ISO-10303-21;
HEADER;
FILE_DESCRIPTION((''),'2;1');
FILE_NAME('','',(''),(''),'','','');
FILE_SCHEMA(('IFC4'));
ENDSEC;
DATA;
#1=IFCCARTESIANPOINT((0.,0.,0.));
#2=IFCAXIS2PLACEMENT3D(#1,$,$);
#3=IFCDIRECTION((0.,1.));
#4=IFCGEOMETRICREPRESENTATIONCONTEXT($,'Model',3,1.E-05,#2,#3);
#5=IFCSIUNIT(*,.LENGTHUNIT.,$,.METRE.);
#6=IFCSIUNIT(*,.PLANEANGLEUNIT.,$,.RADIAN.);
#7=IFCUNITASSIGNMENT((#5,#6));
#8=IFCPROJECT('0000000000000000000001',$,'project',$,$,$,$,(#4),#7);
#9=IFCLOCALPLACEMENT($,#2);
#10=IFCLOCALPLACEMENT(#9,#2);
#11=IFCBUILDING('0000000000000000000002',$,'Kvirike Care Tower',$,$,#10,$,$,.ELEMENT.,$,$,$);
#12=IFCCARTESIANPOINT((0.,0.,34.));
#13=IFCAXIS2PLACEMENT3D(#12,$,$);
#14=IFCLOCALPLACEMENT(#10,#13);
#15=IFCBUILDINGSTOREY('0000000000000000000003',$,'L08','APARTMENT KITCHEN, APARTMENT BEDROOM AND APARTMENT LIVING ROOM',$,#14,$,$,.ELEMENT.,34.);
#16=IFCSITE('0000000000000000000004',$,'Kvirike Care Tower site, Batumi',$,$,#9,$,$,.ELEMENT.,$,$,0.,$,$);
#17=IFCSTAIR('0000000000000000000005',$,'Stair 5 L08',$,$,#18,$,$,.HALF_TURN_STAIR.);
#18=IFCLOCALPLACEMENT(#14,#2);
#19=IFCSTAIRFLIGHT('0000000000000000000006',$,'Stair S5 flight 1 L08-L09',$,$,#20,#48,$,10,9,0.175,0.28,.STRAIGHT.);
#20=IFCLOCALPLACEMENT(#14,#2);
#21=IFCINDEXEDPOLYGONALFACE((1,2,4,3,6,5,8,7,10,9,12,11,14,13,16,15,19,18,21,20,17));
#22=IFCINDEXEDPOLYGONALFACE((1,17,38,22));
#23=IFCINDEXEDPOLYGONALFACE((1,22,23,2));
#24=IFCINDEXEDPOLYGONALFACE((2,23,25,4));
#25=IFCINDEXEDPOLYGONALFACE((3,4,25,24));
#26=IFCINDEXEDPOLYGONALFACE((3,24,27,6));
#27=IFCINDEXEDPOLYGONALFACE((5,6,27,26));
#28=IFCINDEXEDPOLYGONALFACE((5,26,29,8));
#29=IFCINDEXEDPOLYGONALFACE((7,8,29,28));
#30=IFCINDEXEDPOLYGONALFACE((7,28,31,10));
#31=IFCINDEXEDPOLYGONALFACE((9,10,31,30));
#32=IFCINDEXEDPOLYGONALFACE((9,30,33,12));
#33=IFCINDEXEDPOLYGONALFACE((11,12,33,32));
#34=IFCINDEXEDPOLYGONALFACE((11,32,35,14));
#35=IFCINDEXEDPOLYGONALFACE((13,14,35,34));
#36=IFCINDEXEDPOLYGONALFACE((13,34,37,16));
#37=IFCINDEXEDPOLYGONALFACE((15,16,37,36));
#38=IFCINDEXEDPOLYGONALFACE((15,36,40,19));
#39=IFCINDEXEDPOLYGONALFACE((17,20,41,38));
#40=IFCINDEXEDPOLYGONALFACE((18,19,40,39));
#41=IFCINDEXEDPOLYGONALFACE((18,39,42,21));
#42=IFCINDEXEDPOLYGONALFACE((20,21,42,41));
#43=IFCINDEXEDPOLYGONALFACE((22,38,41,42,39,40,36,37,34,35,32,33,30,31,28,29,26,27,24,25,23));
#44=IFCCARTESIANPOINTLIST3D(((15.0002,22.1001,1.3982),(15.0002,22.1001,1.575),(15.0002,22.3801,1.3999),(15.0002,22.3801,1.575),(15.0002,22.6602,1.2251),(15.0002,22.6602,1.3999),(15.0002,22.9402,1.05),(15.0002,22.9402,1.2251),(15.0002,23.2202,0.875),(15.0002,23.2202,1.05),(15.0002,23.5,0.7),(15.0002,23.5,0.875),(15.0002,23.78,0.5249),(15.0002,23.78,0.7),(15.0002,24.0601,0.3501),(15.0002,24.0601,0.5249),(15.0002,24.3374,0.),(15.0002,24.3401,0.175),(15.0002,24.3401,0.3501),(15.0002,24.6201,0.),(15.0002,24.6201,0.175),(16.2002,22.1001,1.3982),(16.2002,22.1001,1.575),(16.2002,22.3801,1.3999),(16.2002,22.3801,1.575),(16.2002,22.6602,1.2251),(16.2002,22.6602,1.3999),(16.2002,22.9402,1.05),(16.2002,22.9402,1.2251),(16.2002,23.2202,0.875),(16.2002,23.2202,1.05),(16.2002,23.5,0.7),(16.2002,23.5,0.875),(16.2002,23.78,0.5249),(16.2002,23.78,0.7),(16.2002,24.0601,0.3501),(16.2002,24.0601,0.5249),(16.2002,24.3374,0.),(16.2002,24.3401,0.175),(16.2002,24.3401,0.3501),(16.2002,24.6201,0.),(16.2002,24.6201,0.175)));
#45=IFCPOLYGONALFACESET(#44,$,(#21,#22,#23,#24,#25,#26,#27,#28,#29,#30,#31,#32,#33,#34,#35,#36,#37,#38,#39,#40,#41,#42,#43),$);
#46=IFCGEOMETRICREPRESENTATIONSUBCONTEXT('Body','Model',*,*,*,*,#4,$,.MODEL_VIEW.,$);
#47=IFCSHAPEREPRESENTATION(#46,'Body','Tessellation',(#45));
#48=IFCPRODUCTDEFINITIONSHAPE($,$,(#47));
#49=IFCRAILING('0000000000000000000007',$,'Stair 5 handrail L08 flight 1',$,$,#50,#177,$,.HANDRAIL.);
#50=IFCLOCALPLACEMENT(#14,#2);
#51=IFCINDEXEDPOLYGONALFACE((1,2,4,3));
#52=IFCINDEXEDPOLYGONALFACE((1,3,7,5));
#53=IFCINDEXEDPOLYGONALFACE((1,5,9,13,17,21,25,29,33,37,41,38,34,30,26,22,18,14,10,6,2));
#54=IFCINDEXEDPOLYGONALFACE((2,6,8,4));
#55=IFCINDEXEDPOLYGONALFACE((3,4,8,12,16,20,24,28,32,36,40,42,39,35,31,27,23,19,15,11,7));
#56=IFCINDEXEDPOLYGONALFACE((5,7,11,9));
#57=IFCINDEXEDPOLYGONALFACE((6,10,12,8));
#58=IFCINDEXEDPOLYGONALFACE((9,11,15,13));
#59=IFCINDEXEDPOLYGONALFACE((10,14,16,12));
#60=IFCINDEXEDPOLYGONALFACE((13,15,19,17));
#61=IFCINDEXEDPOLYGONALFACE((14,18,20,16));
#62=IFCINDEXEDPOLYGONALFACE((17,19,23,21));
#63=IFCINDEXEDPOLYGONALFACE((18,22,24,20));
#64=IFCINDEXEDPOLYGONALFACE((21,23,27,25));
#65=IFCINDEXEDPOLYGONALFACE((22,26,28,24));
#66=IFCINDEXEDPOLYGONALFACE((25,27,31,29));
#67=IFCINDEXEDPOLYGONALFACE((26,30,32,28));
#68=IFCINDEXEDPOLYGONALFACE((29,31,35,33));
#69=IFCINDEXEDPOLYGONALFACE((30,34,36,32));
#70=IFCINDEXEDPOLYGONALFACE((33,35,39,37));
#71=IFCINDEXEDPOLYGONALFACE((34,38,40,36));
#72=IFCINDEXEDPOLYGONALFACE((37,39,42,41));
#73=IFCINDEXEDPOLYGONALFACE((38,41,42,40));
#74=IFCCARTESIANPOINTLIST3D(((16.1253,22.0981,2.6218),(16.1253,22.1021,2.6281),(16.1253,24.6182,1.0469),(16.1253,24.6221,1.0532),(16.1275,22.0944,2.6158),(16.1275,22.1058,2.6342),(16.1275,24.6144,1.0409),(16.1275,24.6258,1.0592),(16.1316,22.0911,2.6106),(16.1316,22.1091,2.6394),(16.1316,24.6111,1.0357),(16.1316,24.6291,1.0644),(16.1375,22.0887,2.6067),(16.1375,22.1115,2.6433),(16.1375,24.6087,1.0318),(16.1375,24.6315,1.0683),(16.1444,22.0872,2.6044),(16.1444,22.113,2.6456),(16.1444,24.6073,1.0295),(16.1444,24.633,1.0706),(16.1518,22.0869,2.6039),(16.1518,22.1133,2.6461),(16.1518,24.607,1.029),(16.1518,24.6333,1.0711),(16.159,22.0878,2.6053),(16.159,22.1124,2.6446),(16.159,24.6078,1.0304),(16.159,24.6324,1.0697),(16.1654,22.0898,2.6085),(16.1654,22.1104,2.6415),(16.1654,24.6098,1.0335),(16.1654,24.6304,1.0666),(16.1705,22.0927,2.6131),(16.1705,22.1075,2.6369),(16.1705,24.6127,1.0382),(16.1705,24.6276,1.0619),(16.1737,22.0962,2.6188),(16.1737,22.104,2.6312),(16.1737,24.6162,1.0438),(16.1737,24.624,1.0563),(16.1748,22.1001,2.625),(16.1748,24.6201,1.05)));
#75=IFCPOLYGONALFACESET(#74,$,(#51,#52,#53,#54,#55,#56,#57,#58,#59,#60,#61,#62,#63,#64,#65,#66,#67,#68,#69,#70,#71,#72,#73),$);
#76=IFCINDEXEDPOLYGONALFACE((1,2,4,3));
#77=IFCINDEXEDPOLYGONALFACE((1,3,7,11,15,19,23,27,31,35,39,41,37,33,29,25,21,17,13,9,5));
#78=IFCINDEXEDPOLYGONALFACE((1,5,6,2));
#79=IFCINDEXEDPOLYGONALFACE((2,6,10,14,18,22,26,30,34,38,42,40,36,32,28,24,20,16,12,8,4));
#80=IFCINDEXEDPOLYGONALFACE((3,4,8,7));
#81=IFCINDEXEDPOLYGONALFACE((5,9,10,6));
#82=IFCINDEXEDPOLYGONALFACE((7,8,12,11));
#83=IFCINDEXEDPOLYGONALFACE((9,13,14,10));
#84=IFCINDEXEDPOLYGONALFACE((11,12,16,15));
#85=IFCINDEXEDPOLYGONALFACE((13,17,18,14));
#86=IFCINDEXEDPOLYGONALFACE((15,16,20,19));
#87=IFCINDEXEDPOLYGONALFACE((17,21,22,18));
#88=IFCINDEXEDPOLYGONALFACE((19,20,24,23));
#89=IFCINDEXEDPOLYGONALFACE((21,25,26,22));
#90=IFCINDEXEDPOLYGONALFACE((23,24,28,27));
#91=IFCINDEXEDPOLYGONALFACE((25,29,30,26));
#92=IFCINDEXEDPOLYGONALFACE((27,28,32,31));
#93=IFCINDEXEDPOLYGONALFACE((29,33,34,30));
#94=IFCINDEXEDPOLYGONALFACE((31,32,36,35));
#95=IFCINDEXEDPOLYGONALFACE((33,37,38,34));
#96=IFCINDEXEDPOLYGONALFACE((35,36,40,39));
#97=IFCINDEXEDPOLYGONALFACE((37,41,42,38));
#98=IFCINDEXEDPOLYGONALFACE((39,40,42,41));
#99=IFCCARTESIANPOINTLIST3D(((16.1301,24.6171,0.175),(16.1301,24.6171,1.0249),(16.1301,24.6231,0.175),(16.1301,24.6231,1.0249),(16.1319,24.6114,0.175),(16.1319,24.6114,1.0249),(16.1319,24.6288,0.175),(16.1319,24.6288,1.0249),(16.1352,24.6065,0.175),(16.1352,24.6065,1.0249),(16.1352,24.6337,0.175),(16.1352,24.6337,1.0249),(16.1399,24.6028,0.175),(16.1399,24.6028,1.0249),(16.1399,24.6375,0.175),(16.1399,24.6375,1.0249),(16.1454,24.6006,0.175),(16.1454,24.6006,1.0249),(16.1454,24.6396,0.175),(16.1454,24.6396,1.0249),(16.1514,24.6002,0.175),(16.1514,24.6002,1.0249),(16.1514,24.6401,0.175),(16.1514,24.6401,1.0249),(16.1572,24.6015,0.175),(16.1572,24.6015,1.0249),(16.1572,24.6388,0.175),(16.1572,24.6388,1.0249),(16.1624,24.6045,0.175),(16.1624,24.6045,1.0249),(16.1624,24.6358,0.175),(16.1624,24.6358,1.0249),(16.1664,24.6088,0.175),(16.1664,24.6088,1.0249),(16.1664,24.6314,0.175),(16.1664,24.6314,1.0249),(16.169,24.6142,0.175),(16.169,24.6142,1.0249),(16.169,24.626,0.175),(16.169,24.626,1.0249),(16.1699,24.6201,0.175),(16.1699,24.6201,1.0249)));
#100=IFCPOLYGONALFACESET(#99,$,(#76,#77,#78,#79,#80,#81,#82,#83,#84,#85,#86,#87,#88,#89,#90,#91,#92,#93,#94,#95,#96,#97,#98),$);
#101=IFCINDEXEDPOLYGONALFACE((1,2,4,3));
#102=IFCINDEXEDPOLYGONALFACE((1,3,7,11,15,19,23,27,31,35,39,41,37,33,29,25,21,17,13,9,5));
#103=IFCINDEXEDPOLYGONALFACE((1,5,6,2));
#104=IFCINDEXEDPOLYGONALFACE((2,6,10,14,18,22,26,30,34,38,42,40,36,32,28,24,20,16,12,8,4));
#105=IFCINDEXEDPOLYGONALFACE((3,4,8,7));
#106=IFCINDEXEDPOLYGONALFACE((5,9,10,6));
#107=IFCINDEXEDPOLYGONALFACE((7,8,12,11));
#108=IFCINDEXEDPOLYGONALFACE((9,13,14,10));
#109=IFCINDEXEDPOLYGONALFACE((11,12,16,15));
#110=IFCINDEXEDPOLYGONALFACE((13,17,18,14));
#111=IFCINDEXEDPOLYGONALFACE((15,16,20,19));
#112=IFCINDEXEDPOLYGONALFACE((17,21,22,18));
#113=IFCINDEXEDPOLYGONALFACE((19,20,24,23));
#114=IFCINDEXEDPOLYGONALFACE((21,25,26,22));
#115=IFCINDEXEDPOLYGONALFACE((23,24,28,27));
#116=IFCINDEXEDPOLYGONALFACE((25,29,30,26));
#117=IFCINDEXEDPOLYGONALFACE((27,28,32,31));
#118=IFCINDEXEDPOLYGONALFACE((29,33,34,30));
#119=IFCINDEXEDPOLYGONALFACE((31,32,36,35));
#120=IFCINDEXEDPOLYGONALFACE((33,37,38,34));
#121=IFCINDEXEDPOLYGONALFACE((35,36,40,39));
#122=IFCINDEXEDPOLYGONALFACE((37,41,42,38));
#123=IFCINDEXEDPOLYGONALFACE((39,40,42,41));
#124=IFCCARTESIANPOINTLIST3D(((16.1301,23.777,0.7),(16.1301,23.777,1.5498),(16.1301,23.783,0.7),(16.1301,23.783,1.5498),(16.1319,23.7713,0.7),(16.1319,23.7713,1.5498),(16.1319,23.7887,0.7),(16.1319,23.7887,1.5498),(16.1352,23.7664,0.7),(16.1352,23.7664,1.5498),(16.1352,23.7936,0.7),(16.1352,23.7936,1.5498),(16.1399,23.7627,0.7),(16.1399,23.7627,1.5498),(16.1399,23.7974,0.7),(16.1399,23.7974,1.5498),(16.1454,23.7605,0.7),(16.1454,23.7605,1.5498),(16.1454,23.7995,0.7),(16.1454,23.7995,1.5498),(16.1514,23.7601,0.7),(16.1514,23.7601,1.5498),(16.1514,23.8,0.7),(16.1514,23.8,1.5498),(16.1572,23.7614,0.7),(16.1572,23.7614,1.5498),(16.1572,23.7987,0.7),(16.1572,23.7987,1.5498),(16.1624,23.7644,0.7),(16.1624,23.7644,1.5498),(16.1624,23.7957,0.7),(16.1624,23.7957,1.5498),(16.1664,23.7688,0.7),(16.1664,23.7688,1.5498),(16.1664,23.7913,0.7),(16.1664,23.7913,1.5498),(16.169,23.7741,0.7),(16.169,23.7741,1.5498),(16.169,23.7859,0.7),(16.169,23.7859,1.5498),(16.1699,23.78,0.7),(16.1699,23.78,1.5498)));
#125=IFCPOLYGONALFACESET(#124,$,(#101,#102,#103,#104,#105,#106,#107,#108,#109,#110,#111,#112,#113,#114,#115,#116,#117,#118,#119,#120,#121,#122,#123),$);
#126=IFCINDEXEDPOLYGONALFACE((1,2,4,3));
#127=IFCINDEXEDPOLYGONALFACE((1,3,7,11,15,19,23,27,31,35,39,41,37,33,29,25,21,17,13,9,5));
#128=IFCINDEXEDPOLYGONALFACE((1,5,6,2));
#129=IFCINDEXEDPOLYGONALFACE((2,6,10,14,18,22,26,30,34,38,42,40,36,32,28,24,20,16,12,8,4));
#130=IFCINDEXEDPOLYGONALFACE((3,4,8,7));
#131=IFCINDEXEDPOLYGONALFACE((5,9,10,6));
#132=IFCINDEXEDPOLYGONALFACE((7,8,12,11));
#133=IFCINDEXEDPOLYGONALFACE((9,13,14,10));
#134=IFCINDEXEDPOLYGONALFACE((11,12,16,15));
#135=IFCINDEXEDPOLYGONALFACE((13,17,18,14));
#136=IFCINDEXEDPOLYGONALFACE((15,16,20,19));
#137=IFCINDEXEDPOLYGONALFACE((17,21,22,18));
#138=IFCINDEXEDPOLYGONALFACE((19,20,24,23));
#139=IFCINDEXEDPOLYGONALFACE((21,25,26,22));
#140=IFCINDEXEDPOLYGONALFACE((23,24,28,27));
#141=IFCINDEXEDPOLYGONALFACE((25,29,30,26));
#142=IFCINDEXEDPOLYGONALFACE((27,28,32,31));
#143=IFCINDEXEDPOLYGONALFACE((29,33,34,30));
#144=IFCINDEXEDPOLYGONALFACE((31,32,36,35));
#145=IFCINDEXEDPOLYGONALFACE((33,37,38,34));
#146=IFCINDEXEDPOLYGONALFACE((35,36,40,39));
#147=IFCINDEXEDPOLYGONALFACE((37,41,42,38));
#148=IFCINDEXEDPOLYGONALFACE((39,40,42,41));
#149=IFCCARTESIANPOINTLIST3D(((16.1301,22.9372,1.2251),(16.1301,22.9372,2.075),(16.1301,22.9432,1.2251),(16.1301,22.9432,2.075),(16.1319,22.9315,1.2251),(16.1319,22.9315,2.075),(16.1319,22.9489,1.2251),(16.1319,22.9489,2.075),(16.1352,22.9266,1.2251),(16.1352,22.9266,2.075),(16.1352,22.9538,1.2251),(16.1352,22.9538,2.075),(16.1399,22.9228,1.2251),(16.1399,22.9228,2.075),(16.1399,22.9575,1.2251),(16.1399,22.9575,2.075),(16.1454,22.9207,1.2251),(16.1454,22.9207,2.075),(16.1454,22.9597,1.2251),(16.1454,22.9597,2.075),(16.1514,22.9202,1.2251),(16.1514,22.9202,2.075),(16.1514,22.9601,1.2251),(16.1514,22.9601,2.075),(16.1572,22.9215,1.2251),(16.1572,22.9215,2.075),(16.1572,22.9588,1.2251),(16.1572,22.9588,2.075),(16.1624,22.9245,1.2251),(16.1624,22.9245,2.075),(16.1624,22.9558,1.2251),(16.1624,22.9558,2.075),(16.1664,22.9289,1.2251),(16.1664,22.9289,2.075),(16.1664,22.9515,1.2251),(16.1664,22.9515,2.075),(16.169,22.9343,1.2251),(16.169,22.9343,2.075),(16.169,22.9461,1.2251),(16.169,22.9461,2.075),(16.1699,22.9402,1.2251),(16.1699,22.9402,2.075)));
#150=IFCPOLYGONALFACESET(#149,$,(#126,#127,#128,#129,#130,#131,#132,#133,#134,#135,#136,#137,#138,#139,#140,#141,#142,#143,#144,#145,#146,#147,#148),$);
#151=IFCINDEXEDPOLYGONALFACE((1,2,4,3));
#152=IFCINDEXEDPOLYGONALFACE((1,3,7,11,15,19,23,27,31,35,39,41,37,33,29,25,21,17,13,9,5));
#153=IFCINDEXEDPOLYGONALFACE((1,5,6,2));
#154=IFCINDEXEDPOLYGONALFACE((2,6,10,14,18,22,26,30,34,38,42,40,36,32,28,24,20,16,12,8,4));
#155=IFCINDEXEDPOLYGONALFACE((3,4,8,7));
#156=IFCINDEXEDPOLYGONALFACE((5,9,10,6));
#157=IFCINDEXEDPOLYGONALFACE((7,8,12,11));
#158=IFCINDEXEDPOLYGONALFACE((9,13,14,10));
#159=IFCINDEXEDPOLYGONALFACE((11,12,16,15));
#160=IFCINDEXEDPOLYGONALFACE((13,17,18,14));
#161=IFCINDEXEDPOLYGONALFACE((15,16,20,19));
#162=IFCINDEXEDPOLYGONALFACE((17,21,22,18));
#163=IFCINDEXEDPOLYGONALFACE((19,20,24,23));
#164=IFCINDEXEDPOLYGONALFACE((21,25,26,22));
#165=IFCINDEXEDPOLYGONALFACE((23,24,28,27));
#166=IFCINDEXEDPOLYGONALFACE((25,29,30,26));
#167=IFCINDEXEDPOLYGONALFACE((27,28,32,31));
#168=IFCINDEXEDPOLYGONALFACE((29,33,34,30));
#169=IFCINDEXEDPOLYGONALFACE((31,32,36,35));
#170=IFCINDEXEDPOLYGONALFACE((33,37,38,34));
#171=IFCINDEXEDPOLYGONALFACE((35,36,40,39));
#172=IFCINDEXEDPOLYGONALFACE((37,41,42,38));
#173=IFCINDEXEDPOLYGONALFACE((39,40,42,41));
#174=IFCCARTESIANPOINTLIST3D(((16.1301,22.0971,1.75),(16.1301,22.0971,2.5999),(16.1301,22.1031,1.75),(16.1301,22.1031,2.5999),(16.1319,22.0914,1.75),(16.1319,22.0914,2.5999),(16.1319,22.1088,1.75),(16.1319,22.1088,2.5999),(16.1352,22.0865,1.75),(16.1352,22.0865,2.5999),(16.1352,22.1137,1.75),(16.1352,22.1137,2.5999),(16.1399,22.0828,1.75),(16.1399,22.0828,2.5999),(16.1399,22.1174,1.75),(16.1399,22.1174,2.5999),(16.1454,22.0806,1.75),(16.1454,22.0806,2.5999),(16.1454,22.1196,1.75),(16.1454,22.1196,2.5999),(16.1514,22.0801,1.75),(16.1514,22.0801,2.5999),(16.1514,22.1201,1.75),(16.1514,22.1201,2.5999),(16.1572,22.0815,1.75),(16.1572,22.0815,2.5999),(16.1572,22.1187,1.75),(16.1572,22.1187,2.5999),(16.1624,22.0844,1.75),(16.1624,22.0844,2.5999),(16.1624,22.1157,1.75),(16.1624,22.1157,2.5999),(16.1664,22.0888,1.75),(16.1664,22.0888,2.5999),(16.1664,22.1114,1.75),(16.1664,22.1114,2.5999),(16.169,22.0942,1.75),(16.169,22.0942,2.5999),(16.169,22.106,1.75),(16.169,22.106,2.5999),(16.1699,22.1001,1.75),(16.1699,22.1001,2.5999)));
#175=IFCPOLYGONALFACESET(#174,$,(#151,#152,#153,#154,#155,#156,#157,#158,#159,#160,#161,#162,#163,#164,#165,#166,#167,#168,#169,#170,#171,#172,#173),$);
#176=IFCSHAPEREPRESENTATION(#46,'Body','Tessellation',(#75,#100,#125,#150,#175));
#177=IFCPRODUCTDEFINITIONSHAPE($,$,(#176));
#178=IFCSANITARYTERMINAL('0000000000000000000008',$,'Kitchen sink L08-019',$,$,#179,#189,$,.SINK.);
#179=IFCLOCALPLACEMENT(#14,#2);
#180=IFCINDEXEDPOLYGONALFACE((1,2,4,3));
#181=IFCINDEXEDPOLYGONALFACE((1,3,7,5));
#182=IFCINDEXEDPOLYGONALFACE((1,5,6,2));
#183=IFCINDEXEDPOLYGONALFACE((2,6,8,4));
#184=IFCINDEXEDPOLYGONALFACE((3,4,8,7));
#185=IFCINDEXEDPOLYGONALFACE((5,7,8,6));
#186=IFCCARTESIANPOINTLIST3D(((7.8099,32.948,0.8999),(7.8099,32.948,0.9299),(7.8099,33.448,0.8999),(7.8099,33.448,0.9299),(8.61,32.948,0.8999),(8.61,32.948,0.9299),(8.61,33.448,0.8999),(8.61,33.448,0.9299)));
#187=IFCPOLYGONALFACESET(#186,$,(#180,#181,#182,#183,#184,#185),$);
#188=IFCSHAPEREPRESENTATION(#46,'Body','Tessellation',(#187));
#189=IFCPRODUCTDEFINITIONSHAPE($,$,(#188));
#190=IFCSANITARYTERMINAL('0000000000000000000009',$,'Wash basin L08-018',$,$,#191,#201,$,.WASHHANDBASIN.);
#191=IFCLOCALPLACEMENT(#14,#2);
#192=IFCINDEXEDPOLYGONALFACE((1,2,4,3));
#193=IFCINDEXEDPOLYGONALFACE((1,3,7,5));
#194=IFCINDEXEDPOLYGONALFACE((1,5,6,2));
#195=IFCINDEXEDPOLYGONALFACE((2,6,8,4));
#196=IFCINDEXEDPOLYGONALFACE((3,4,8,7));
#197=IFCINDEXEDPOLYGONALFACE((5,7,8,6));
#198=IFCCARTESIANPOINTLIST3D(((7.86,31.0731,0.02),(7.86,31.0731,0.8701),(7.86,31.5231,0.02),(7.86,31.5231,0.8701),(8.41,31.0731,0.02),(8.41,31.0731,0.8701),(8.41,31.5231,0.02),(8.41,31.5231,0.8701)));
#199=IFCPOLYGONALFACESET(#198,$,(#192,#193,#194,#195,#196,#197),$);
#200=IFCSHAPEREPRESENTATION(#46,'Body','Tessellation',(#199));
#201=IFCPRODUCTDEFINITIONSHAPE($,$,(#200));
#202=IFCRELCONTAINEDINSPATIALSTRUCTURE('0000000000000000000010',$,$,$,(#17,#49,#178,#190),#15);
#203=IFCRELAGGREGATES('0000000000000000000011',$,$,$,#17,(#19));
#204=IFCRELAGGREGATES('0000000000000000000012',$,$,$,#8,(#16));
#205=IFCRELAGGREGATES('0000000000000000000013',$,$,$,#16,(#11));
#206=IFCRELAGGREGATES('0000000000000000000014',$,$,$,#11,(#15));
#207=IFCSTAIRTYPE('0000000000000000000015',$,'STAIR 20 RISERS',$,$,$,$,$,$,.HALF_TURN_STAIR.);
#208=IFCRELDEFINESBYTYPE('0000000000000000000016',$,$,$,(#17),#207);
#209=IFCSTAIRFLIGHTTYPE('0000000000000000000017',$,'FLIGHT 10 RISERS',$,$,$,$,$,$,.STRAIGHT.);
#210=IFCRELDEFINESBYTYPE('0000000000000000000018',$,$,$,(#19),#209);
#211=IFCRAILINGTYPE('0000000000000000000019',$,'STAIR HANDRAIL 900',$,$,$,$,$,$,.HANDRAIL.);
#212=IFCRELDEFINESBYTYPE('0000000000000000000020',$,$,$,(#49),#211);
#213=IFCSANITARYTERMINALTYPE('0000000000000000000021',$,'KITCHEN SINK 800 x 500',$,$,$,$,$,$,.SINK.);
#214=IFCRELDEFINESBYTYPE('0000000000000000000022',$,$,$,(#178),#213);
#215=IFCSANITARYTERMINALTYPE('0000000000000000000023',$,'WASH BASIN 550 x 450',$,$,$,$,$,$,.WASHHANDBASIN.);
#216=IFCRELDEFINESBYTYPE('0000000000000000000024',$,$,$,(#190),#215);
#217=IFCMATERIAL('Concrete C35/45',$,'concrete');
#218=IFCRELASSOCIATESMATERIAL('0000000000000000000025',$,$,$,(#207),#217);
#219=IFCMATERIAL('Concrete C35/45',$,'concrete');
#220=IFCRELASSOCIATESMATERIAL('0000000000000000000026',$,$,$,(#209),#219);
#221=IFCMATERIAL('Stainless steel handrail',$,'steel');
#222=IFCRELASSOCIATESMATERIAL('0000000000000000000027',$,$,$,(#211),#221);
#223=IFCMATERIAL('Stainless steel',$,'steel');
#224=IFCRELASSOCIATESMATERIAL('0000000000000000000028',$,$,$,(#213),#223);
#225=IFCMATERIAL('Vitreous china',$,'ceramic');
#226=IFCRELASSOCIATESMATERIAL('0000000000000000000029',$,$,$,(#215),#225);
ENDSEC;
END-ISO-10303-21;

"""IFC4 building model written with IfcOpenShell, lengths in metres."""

from ifc_helpers import new_model, si_unit, direction, frame, origin, origin_2d, place, context, subcontext, project, spatial, polyline, rectangle, circle, outline, extrude, material, type_object, element, aggregate, save


model = new_model("IFC4")

# Units and contexts
model_context = context("Model", 3, precision=1e-05, world=origin(), true_north=direction((0.0, 1.0)))
body_context = subcontext(model_context, "Body", "Model", "MODEL_VIEW")
ifc_project = project(units=[si_unit("LENGTHUNIT", "METRE"), si_unit("PLANEANGLEUNIT", "RADIAN")], contexts=[model_context])

# Site, building, storey
site_placement = place(None, origin())
site = spatial("IfcSite", under=ifc_project, at=site_placement, Name="Kvirike Care Tower site, Batumi", CompositionType="ELEMENT", RefElevation=0.0)
building_placement = place(site_placement, origin())
building = spatial("IfcBuilding", under=site, at=building_placement, Name="Kvirike Care Tower", CompositionType="ELEMENT")
storey_placement = place(building_placement, frame((0.0, 0.0, 34.0)))
storey = spatial("IfcBuildingStorey", under=building, at=storey_placement, Name="L08", Description="APARTMENT KITCHEN, APARTMENT BEDROOM AND APARTMENT LIVING ROOM", CompositionType="ELEMENT", Elevation=34.0)

# Stair, stair flight
ifc_material_1 = material(Name="Concrete C35/45", Category="concrete")
stair_type = type_object("IfcStairType", Name="STAIR 20 RISERS", PredefinedType="HALF_TURN_STAIR", material=ifc_material_1)
stair_placement = place(storey_placement, origin())
stair = element("IfcStair", 1, at=stair_placement, inside=storey, type_object=stair_type, Name="Stair 5 L08", PredefinedType="HALF_TURN_STAIR")
ifc_material_2 = material(Name="Concrete C35/45", Category="concrete")
stair_flight_type = type_object("IfcStairFlightType", Name="FLIGHT 10 RISERS", PredefinedType="STRAIGHT", material=ifc_material_2)
stair_flight_placement = place(storey_placement, frame((15.6001, 24.6201, 0.0), z_axis=(0.0, 0.0, 1.0), x_axis=(0.0, -1.0, 0.0)))
stair_flight = element("IfcStairFlight", 2, at=stair_flight_placement, type_object=stair_flight_type, Name="Stair S5 flight 1 L08-L09", NumberOfRisers=10, NumberOfTreads=9, PredefinedType="STRAIGHT", RiserHeight=0.175, TreadLength=0.28, context=body_context, shape_type="SweptSolid", body=[
    extrude(outline(polyline([(0.0, 0.0), (0.0, 0.175), (0.28, 0.175), (0.28, 0.3501), (0.5601, 0.3501), (0.5601, 0.5249), (0.8401, 0.5249), (0.8401, 0.7), (1.1201, 0.7), (1.1201, 0.875), (1.3999, 0.875), (1.3999, 1.05), (1.6799, 1.05), (1.6799, 1.2251), (1.96, 1.2251), (1.96, 1.3999), (2.24, 1.3999), (2.24, 1.575), (2.52, 1.575), (2.52, 1.75), (2.52, 1.3982), (0.2827, 0.0), (0.0, 0.0)])), frame((0.0, 0.6001, 0.0), z_axis=(0.0, -1.0, 0.0), x_axis=(1.0, 0.0, 0.0)), (0.0, 0.0, 1.0), 1.2),
])
aggregate(stair, [stair_flight])

# Railing
ifc_material_3 = material(Name="Stainless steel handrail", Category="steel")
railing_type = type_object("IfcRailingType", Name="STAIR HANDRAIL 900", PredefinedType="HANDRAIL", material=ifc_material_3)
railing_placement = place(storey_placement, frame((16.1499, 24.6201, 0.175)))
element("IfcRailing", 3, at=railing_placement, inside=storey, type_object=railing_type, Name="Stair 5 handrail L08 flight 1", PredefinedType="HANDRAIL", context=body_context, shape_type="SweptSolid", body=[
    extrude(circle(Radius=0.0249, at=origin_2d()), frame((0.0, 0.0, 0.875), z_axis=(0.0, -0.848008, 0.529984), x_axis=(1.0, 0.0, 0.0)), (0.0, 0.0, 1.0), 2.9717),
    extrude(circle(Radius=0.02, at=origin_2d()), origin(), (0.0, 0.0, 1.0), 0.8499),
    extrude(circle(Radius=0.02, at=origin_2d()), frame((0.0, -0.8401, 0.5249)), (0.0, 0.0, 1.0), 0.8499),
    extrude(circle(Radius=0.02, at=origin_2d()), frame((0.0, -1.6799, 1.05)), (0.0, 0.0, 1.0), 0.8499),
    extrude(circle(Radius=0.02, at=origin_2d()), frame((0.0, -2.52, 1.575)), (0.0, 0.0, 1.0), 0.8499),
])

# Sanitary terminals
ifc_material_4 = material(Name="Stainless steel", Category="steel")
sanitary_terminal_type_1 = type_object("IfcSanitaryTerminalType", Name="KITCHEN SINK 800 x 500", PredefinedType="SINK", material=ifc_material_4)
sanitary_terminal_1_placement = place(storey_placement, frame((8.21, 33.198, 0.8999), z_axis=(0.0, 0.0, 1.0), x_axis=(1.0, 0.0, 0.0)))
element("IfcSanitaryTerminal", 4, at=sanitary_terminal_1_placement, inside=storey, type_object=sanitary_terminal_type_1, Name="Kitchen sink L08-019", PredefinedType="SINK", context=body_context, shape_type="SweptSolid", body=[
    extrude(rectangle(XDim=0.8, YDim=0.5, at=origin_2d()), origin(), (0.0, 0.0, 1.0), 0.03),
])
ifc_material_5 = material(Name="Vitreous china", Category="ceramic")
sanitary_terminal_type_2 = type_object("IfcSanitaryTerminalType", Name="WASH BASIN 550 x 450", PredefinedType="WASHHANDBASIN", material=ifc_material_5)
sanitary_terminal_2_placement = place(storey_placement, frame((8.135, 31.2981, 0.02), z_axis=(0.0, 0.0, 1.0), x_axis=(1.0, 0.0, 0.0)))
element("IfcSanitaryTerminal", 5, at=sanitary_terminal_2_placement, inside=storey, type_object=sanitary_terminal_type_2, Name="Wash basin L08-018", PredefinedType="WASHHANDBASIN", context=body_context, shape_type="SweptSolid", body=[
    extrude(rectangle(XDim=0.55, YDim=0.45, at=origin_2d()), origin(), (0.0, 0.0, 1.0), 0.8501),
])

save(model, "model.ifc")
